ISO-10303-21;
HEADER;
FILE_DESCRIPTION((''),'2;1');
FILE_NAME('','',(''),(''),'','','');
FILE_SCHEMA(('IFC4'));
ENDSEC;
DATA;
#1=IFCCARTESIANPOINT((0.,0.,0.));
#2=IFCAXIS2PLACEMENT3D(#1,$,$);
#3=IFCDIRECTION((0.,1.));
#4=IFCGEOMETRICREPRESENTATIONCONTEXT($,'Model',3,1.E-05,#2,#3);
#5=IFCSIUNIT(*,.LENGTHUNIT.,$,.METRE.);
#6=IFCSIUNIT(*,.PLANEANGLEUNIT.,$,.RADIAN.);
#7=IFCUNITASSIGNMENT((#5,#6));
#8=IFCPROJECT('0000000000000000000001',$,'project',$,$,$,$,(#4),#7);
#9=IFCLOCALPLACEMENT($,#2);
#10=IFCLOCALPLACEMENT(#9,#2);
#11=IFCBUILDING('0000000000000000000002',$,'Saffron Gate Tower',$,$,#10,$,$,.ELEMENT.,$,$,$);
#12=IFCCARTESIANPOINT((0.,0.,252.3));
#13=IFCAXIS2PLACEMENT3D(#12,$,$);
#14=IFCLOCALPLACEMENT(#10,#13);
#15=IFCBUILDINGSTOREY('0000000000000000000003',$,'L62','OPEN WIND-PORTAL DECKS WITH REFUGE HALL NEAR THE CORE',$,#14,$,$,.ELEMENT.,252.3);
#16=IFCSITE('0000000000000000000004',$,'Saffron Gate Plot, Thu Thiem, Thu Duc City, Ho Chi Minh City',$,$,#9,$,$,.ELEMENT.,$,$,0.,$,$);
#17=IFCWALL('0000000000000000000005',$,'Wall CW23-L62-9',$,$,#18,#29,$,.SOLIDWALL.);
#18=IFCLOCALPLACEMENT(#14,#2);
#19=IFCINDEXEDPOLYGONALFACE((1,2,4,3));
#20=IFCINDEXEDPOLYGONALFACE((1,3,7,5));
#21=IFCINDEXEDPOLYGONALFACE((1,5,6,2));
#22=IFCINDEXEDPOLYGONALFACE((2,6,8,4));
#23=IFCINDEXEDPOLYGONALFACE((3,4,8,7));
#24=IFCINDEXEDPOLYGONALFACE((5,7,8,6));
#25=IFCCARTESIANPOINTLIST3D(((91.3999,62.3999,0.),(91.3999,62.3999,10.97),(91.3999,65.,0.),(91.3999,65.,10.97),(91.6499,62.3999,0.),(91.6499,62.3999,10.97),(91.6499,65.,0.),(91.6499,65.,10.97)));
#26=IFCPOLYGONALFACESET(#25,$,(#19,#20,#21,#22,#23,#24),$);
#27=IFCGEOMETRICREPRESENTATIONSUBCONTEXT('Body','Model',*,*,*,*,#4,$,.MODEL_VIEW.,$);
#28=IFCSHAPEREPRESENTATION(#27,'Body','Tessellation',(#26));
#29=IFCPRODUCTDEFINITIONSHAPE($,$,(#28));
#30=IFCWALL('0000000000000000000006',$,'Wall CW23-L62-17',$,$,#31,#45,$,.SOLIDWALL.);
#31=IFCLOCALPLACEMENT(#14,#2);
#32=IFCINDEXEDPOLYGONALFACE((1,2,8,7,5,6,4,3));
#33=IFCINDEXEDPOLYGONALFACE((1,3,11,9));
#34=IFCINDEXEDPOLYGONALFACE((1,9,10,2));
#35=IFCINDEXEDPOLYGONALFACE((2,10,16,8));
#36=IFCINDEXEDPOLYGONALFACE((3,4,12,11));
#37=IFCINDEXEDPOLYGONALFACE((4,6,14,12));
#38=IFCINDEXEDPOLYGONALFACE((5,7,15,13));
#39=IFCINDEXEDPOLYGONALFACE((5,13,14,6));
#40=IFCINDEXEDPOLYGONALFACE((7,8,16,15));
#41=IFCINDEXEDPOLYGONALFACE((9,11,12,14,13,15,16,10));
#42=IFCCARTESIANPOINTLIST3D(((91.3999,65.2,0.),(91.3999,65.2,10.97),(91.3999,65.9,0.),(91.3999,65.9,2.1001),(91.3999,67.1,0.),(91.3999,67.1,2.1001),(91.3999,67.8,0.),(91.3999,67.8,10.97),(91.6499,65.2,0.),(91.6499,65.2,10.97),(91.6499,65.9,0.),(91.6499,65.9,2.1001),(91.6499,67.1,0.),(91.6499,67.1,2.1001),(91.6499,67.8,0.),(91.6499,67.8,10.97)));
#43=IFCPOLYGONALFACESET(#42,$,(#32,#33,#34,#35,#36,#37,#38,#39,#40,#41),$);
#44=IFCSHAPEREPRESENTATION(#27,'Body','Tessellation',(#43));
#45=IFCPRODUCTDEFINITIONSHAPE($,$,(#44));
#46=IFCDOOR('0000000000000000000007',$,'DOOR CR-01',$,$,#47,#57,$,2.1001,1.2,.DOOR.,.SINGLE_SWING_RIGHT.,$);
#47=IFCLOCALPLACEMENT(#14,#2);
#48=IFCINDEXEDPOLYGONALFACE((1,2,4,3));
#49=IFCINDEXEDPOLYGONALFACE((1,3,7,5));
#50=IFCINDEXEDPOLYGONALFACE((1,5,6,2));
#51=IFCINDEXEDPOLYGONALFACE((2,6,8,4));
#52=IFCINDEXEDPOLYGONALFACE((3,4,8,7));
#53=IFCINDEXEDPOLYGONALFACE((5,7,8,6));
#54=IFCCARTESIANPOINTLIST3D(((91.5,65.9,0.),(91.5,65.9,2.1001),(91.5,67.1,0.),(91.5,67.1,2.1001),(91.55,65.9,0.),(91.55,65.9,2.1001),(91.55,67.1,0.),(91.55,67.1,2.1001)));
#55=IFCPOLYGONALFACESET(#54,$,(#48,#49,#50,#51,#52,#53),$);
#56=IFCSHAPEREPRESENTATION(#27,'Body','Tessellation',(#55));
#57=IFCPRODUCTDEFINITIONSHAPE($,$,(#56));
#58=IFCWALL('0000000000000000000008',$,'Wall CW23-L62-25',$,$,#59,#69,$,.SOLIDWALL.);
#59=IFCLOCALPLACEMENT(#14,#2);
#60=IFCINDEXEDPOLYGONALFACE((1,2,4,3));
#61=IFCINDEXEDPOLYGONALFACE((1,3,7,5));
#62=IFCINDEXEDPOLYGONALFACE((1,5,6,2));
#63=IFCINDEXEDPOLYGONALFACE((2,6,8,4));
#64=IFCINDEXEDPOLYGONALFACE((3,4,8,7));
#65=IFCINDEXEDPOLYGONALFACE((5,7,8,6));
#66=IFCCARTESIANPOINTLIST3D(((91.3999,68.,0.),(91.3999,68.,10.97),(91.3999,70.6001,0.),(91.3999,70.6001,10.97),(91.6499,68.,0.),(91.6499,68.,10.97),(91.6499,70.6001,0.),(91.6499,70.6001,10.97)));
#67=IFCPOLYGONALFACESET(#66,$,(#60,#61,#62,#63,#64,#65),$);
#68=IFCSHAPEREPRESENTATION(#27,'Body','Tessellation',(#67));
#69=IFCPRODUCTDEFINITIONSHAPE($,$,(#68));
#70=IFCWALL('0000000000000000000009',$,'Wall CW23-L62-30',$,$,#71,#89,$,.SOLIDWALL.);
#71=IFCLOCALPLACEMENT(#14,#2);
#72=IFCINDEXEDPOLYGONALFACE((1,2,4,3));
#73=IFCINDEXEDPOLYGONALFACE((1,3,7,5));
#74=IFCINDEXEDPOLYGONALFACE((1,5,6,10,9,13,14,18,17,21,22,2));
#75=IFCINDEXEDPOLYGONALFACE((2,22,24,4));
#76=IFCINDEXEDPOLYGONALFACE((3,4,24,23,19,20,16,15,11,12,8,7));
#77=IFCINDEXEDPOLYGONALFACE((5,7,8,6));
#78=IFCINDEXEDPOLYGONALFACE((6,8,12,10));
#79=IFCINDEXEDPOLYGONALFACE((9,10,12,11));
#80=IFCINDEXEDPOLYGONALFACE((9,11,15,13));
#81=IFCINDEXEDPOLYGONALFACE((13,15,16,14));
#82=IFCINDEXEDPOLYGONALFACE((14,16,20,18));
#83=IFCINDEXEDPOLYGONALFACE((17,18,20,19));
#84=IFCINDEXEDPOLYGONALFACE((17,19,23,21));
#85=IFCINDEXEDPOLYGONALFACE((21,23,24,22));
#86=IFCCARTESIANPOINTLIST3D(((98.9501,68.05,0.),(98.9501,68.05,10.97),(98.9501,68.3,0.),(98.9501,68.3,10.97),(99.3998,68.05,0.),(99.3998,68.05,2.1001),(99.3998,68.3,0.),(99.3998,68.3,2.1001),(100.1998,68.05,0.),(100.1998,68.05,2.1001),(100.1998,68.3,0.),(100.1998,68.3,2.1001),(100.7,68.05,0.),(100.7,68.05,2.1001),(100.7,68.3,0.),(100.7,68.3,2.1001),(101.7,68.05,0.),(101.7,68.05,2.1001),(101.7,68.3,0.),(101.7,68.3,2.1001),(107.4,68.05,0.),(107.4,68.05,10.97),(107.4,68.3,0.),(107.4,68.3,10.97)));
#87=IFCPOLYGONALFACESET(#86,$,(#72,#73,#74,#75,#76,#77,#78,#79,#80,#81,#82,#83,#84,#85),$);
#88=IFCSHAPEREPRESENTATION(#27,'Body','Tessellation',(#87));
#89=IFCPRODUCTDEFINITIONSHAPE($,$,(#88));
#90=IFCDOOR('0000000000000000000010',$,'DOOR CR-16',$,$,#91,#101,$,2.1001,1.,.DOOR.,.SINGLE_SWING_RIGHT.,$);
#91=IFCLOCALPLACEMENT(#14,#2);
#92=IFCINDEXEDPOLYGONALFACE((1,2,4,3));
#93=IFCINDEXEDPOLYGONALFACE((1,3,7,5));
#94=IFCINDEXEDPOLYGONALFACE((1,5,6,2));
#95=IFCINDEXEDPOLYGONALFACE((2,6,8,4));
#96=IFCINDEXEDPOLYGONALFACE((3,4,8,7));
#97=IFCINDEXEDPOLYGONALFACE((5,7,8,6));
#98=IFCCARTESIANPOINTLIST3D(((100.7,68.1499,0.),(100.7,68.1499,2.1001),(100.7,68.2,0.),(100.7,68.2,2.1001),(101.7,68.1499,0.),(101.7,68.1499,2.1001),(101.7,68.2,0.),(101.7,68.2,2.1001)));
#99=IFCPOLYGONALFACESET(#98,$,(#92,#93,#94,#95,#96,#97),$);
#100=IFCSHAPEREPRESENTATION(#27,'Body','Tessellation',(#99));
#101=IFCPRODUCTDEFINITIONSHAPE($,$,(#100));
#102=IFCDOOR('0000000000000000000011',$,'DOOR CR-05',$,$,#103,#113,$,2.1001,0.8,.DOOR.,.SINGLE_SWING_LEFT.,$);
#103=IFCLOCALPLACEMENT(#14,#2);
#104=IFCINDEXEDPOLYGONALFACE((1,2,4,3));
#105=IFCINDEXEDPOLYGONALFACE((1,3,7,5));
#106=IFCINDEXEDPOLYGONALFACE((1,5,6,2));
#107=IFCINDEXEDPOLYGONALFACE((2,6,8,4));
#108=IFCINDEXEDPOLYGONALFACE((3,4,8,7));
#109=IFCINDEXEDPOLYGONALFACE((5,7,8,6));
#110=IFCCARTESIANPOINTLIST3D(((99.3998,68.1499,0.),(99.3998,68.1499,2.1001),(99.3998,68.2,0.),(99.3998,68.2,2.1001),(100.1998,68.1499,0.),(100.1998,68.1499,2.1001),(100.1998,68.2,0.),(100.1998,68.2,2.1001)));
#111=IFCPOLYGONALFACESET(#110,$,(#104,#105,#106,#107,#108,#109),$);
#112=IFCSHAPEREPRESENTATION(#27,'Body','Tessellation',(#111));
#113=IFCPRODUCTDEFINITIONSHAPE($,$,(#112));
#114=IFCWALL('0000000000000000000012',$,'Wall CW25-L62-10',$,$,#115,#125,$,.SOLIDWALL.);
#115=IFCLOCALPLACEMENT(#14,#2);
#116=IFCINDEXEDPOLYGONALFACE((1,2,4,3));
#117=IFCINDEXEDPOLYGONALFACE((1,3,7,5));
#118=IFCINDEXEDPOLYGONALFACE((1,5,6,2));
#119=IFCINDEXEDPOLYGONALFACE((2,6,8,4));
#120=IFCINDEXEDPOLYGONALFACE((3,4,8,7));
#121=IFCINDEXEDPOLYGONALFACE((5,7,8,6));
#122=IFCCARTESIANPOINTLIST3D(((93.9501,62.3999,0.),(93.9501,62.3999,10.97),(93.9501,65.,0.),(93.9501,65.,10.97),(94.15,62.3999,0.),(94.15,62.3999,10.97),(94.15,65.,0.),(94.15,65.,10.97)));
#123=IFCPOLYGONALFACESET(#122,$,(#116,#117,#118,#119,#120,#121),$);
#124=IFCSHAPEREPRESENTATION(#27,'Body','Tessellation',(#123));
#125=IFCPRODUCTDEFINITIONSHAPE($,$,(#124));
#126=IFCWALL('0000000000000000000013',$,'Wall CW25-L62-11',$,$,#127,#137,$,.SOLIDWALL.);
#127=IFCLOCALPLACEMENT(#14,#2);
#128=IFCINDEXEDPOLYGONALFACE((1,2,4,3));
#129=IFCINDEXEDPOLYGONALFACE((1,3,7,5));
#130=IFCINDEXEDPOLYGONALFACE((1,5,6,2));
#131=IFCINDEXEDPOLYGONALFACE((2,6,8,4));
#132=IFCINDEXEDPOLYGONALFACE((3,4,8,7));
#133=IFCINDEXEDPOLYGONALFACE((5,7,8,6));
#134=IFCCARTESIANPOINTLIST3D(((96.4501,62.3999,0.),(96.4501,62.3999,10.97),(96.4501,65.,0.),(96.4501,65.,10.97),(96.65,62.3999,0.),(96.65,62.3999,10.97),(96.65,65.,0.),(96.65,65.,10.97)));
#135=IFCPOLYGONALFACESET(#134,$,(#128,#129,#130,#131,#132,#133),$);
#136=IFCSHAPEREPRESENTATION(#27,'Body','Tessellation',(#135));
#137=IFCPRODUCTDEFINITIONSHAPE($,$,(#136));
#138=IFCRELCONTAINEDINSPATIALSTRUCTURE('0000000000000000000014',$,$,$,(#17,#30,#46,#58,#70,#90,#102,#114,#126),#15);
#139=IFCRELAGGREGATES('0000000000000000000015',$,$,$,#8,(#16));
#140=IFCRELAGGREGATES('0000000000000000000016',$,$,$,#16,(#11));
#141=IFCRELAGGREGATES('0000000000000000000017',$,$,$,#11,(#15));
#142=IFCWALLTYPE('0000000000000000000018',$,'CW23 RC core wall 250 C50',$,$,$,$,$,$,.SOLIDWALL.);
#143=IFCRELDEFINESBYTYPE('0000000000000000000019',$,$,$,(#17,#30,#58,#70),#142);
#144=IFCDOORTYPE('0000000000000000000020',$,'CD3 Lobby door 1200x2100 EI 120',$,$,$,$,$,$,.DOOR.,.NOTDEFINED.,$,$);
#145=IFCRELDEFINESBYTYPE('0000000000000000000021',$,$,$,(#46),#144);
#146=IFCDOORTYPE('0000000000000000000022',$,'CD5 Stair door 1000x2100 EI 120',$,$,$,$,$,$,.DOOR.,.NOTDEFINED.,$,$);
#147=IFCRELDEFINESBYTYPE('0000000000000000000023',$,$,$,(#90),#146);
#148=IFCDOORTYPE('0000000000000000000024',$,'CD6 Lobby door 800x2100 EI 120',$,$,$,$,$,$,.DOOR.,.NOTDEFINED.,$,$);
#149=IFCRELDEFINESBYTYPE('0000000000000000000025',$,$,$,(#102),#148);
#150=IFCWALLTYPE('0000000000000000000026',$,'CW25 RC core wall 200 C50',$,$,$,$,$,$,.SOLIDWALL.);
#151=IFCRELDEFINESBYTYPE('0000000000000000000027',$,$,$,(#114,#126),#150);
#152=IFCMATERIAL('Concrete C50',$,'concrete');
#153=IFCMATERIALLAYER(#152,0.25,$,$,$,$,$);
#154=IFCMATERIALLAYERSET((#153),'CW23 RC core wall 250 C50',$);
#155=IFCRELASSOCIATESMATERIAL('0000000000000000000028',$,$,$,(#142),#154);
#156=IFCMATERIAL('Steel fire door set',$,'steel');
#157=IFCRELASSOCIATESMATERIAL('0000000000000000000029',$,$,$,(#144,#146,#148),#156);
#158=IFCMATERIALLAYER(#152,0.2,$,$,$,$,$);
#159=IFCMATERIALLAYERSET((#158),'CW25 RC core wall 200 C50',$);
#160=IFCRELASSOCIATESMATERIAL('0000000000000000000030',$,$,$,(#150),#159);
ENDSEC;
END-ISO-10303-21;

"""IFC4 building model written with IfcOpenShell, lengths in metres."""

from ifc_helpers import new_model, si_unit, direction, frame, frame_2d, origin, place, context, subcontext, project, spatial, rectangle, extrude, material, layer, layer_set, type_object, element, fill, save


model = new_model("IFC4")

# Units and contexts
model_context = context("Model", 3, precision=1e-05, world=origin(), true_north=direction((0.0, 1.0)))
body_context = subcontext(model_context, "Body", "Model", "MODEL_VIEW")
ifc_project = project(units=[si_unit("LENGTHUNIT", "METRE"), si_unit("PLANEANGLEUNIT", "RADIAN")], contexts=[model_context])

# Site, building, storey
site_placement = place(None, origin())
site = spatial("IfcSite", under=ifc_project, at=site_placement, Name="Saffron Gate Plot, Thu Thiem, Thu Duc City, Ho Chi Minh City", CompositionType="ELEMENT", RefElevation=0.0)
building_placement = place(site_placement, origin())
building = spatial("IfcBuilding", under=site, at=building_placement, Name="Saffron Gate Tower", CompositionType="ELEMENT")
storey_placement = place(building_placement, frame((0.0, 0.0, 252.3)))
storey = spatial("IfcBuildingStorey", under=building, at=storey_placement, Name="L62", Description="OPEN WIND-PORTAL DECKS WITH REFUGE HALL NEAR THE CORE", CompositionType="ELEMENT", Elevation=252.3)

# Wall
ifc_material_1 = material(Name="Concrete C50", Category="concrete")
ifc_layer_1 = layer(ifc_material_1, 0.25)
ifc_layer_set_1 = layer_set([ifc_layer_1], Name="CW23 RC core wall 250 C50")
wall_type_1 = type_object("IfcWallType", Name="CW23 RC core wall 250 C50", PredefinedType="SOLIDWALL", material=ifc_layer_set_1)
wall_1_placement = place(storey_placement, frame((91.5249, 62.3999, 0.0), z_axis=(0.0, 0.0, 1.0), x_axis=(0.0, 1.0, 0.0)))
element("IfcWall", 1, at=wall_1_placement, inside=storey, type_object=wall_type_1, Name="Wall CW23-L62-9", PredefinedType="SOLIDWALL", context=body_context, shape_type="SweptSolid", body=[
    extrude(rectangle(XDim=2.6001, YDim=0.25, at=frame_2d((1.3, 0.0))), origin(), (0.0, 0.0, 1.0), 10.97),
])

# Wall, opening, door
wall_2_placement = place(storey_placement, frame((91.5249, 65.2, 0.0), z_axis=(0.0, 0.0, 1.0), x_axis=(0.0, 1.0, 0.0)))
wall_2 = element("IfcWall", 2, at=wall_2_placement, inside=storey, type_object=wall_type_1, Name="Wall CW23-L62-17", PredefinedType="SOLIDWALL", context=body_context, shape_type="SweptSolid", body=[
    extrude(rectangle(XDim=2.6001, YDim=0.25, at=frame_2d((1.3, 0.0))), origin(), (0.0, 0.0, 1.0), 10.97),
])
opening_1_placement = place(wall_2_placement, frame((0.7, 0.0, 0.0)))
opening_1 = element("IfcOpeningElement", 3, at=opening_1_placement, cuts=wall_2, PredefinedType="OPENING", context=body_context, shape_type="SweptSolid", body=[
    extrude(rectangle(XDim=1.2, YDim=2.1001, at=frame_2d((0.6001, 1.05))), frame((0.0, 0.135, 0.0), z_axis=(0.0, -1.0, 0.0), x_axis=(1.0, 0.0, 0.0)), (0.0, 0.0, 1.0), 0.27),
])
ifc_material_2 = material(Name="Steel fire door set", Category="steel")
door_type_1 = type_object("IfcDoorType", Name="CD3 Lobby door 1200x2100 EI 120", OperationType="NOTDEFINED", PredefinedType="DOOR", material=ifc_material_2)
door_1_placement = place(opening_1_placement, origin())
door_1 = element("IfcDoor", 4, at=door_1_placement, inside=storey, type_object=door_type_1, Name="DOOR CR-01", OperationType="SINGLE_SWING_RIGHT", OverallHeight=2.1001, OverallWidth=1.2, PredefinedType="DOOR", context=body_context, shape_type="SweptSolid", body=[
    extrude(rectangle(XDim=1.2, YDim=2.1001, at=frame_2d((0.6001, 1.05))), frame((0.0, 0.0249, 0.0), z_axis=(0.0, -1.0, 0.0), x_axis=(1.0, 0.0, 0.0)), (0.0, 0.0, 1.0), 0.05),
])
fill(opening_1, door_1)

# Wall
wall_3_placement = place(storey_placement, frame((91.5249, 68.0, 0.0), z_axis=(0.0, 0.0, 1.0), x_axis=(0.0, 1.0, 0.0)))
element("IfcWall", 5, at=wall_3_placement, inside=storey, type_object=wall_type_1, Name="Wall CW23-L62-25", PredefinedType="SOLIDWALL", context=body_context, shape_type="SweptSolid", body=[
    extrude(rectangle(XDim=2.6001, YDim=0.25, at=frame_2d((1.3, 0.0))), origin(), (0.0, 0.0, 1.0), 10.97),
])

# Wall, openings, doors
wall_4_placement = place(storey_placement, frame((98.95, 68.175, 0.0), z_axis=(0.0, 0.0, 1.0), x_axis=(1.0, 0.0, 0.0)))
wall_4 = element("IfcWall", 6, at=wall_4_placement, inside=storey, type_object=wall_type_1, Name="Wall CW23-L62-30", PredefinedType="SOLIDWALL", context=body_context, shape_type="SweptSolid", body=[
    extrude(rectangle(XDim=8.45, YDim=0.25, at=frame_2d((4.2251, 0.0))), origin(), (0.0, 0.0, 1.0), 10.97),
])
opening_2_placement = place(wall_4_placement, frame((0.45, 0.0, 0.0)))
opening_2 = element("IfcOpeningElement", 7, at=opening_2_placement, cuts=wall_4, PredefinedType="OPENING", context=body_context, shape_type="SweptSolid", body=[
    extrude(rectangle(XDim=0.8, YDim=2.1001, at=frame_2d((0.3999, 1.05))), frame((0.0, 0.135, 0.0), z_axis=(0.0, -1.0, 0.0), x_axis=(1.0, 0.0, 0.0)), (0.0, 0.0, 1.0), 0.27),
])
opening_3_placement = place(wall_4_placement, frame((1.75, 0.0, 0.0)))
opening_3 = element("IfcOpeningElement", 8, at=opening_3_placement, cuts=wall_4, PredefinedType="OPENING", context=body_context, shape_type="SweptSolid", body=[
    extrude(rectangle(XDim=1.0, YDim=2.1001, at=frame_2d((0.5, 1.05))), frame((0.0, 0.135, 0.0), z_axis=(0.0, -1.0, 0.0), x_axis=(1.0, 0.0, 0.0)), (0.0, 0.0, 1.0), 0.27),
])
door_type_2 = type_object("IfcDoorType", Name="CD5 Stair door 1000x2100 EI 120", OperationType="NOTDEFINED", PredefinedType="DOOR", material=ifc_material_2)
door_2_placement = place(opening_3_placement, origin())
door_2 = element("IfcDoor", 9, at=door_2_placement, inside=storey, type_object=door_type_2, Name="DOOR CR-16", OperationType="SINGLE_SWING_RIGHT", OverallHeight=2.1001, OverallWidth=1.0, PredefinedType="DOOR", context=body_context, shape_type="SweptSolid", body=[
    extrude(rectangle(XDim=1.0, YDim=2.1001, at=frame_2d((0.5, 1.05))), frame((0.0, 0.0249, 0.0), z_axis=(0.0, -1.0, 0.0), x_axis=(1.0, 0.0, 0.0)), (0.0, 0.0, 1.0), 0.05),
])
fill(opening_3, door_2)
door_type_3 = type_object("IfcDoorType", Name="CD6 Lobby door 800x2100 EI 120", OperationType="NOTDEFINED", PredefinedType="DOOR", material=ifc_material_2)
door_3_placement = place(opening_2_placement, origin())
door_3 = element("IfcDoor", 10, at=door_3_placement, inside=storey, type_object=door_type_3, Name="DOOR CR-05", OperationType="SINGLE_SWING_LEFT", OverallHeight=2.1001, OverallWidth=0.8, PredefinedType="DOOR", context=body_context, shape_type="SweptSolid", body=[
    extrude(rectangle(XDim=0.8, YDim=2.1001, at=frame_2d((0.3999, 1.05))), frame((0.0, 0.0249, 0.0), z_axis=(0.0, -1.0, 0.0), x_axis=(1.0, 0.0, 0.0)), (0.0, 0.0, 1.0), 0.05),
])
fill(opening_2, door_3)

# Walls
ifc_layer_2 = layer(ifc_material_1, 0.2)
ifc_layer_set_2 = layer_set([ifc_layer_2], Name="CW25 RC core wall 200 C50")
wall_type_2 = type_object("IfcWallType", Name="CW25 RC core wall 200 C50", PredefinedType="SOLIDWALL", material=ifc_layer_set_2)
for number, where, z_axis, x_axis, name in (
    (11, (94.05, 62.3999, 0.0), (0.0, 0.0, 1.0), (0.0, 1.0, 0.0), "Wall CW25-L62-10"),
    (12, (96.55, 62.3999, 0.0), (0.0, 0.0, 1.0), (0.0, 1.0, 0.0), "Wall CW25-L62-11"),
):
    element("IfcWall", number, at=place(storey_placement, frame(where, z_axis=z_axis, x_axis=x_axis)), inside=storey, type_object=wall_type_2, Name=name, PredefinedType="SOLIDWALL", context=body_context, shape_type="SweptSolid", body=[
        extrude(rectangle(XDim=2.6001, YDim=0.2, at=frame_2d((1.3, 0.0))), origin(), (0.0, 0.0, 1.0), 10.97),
    ])

save(model, "model.ifc")
